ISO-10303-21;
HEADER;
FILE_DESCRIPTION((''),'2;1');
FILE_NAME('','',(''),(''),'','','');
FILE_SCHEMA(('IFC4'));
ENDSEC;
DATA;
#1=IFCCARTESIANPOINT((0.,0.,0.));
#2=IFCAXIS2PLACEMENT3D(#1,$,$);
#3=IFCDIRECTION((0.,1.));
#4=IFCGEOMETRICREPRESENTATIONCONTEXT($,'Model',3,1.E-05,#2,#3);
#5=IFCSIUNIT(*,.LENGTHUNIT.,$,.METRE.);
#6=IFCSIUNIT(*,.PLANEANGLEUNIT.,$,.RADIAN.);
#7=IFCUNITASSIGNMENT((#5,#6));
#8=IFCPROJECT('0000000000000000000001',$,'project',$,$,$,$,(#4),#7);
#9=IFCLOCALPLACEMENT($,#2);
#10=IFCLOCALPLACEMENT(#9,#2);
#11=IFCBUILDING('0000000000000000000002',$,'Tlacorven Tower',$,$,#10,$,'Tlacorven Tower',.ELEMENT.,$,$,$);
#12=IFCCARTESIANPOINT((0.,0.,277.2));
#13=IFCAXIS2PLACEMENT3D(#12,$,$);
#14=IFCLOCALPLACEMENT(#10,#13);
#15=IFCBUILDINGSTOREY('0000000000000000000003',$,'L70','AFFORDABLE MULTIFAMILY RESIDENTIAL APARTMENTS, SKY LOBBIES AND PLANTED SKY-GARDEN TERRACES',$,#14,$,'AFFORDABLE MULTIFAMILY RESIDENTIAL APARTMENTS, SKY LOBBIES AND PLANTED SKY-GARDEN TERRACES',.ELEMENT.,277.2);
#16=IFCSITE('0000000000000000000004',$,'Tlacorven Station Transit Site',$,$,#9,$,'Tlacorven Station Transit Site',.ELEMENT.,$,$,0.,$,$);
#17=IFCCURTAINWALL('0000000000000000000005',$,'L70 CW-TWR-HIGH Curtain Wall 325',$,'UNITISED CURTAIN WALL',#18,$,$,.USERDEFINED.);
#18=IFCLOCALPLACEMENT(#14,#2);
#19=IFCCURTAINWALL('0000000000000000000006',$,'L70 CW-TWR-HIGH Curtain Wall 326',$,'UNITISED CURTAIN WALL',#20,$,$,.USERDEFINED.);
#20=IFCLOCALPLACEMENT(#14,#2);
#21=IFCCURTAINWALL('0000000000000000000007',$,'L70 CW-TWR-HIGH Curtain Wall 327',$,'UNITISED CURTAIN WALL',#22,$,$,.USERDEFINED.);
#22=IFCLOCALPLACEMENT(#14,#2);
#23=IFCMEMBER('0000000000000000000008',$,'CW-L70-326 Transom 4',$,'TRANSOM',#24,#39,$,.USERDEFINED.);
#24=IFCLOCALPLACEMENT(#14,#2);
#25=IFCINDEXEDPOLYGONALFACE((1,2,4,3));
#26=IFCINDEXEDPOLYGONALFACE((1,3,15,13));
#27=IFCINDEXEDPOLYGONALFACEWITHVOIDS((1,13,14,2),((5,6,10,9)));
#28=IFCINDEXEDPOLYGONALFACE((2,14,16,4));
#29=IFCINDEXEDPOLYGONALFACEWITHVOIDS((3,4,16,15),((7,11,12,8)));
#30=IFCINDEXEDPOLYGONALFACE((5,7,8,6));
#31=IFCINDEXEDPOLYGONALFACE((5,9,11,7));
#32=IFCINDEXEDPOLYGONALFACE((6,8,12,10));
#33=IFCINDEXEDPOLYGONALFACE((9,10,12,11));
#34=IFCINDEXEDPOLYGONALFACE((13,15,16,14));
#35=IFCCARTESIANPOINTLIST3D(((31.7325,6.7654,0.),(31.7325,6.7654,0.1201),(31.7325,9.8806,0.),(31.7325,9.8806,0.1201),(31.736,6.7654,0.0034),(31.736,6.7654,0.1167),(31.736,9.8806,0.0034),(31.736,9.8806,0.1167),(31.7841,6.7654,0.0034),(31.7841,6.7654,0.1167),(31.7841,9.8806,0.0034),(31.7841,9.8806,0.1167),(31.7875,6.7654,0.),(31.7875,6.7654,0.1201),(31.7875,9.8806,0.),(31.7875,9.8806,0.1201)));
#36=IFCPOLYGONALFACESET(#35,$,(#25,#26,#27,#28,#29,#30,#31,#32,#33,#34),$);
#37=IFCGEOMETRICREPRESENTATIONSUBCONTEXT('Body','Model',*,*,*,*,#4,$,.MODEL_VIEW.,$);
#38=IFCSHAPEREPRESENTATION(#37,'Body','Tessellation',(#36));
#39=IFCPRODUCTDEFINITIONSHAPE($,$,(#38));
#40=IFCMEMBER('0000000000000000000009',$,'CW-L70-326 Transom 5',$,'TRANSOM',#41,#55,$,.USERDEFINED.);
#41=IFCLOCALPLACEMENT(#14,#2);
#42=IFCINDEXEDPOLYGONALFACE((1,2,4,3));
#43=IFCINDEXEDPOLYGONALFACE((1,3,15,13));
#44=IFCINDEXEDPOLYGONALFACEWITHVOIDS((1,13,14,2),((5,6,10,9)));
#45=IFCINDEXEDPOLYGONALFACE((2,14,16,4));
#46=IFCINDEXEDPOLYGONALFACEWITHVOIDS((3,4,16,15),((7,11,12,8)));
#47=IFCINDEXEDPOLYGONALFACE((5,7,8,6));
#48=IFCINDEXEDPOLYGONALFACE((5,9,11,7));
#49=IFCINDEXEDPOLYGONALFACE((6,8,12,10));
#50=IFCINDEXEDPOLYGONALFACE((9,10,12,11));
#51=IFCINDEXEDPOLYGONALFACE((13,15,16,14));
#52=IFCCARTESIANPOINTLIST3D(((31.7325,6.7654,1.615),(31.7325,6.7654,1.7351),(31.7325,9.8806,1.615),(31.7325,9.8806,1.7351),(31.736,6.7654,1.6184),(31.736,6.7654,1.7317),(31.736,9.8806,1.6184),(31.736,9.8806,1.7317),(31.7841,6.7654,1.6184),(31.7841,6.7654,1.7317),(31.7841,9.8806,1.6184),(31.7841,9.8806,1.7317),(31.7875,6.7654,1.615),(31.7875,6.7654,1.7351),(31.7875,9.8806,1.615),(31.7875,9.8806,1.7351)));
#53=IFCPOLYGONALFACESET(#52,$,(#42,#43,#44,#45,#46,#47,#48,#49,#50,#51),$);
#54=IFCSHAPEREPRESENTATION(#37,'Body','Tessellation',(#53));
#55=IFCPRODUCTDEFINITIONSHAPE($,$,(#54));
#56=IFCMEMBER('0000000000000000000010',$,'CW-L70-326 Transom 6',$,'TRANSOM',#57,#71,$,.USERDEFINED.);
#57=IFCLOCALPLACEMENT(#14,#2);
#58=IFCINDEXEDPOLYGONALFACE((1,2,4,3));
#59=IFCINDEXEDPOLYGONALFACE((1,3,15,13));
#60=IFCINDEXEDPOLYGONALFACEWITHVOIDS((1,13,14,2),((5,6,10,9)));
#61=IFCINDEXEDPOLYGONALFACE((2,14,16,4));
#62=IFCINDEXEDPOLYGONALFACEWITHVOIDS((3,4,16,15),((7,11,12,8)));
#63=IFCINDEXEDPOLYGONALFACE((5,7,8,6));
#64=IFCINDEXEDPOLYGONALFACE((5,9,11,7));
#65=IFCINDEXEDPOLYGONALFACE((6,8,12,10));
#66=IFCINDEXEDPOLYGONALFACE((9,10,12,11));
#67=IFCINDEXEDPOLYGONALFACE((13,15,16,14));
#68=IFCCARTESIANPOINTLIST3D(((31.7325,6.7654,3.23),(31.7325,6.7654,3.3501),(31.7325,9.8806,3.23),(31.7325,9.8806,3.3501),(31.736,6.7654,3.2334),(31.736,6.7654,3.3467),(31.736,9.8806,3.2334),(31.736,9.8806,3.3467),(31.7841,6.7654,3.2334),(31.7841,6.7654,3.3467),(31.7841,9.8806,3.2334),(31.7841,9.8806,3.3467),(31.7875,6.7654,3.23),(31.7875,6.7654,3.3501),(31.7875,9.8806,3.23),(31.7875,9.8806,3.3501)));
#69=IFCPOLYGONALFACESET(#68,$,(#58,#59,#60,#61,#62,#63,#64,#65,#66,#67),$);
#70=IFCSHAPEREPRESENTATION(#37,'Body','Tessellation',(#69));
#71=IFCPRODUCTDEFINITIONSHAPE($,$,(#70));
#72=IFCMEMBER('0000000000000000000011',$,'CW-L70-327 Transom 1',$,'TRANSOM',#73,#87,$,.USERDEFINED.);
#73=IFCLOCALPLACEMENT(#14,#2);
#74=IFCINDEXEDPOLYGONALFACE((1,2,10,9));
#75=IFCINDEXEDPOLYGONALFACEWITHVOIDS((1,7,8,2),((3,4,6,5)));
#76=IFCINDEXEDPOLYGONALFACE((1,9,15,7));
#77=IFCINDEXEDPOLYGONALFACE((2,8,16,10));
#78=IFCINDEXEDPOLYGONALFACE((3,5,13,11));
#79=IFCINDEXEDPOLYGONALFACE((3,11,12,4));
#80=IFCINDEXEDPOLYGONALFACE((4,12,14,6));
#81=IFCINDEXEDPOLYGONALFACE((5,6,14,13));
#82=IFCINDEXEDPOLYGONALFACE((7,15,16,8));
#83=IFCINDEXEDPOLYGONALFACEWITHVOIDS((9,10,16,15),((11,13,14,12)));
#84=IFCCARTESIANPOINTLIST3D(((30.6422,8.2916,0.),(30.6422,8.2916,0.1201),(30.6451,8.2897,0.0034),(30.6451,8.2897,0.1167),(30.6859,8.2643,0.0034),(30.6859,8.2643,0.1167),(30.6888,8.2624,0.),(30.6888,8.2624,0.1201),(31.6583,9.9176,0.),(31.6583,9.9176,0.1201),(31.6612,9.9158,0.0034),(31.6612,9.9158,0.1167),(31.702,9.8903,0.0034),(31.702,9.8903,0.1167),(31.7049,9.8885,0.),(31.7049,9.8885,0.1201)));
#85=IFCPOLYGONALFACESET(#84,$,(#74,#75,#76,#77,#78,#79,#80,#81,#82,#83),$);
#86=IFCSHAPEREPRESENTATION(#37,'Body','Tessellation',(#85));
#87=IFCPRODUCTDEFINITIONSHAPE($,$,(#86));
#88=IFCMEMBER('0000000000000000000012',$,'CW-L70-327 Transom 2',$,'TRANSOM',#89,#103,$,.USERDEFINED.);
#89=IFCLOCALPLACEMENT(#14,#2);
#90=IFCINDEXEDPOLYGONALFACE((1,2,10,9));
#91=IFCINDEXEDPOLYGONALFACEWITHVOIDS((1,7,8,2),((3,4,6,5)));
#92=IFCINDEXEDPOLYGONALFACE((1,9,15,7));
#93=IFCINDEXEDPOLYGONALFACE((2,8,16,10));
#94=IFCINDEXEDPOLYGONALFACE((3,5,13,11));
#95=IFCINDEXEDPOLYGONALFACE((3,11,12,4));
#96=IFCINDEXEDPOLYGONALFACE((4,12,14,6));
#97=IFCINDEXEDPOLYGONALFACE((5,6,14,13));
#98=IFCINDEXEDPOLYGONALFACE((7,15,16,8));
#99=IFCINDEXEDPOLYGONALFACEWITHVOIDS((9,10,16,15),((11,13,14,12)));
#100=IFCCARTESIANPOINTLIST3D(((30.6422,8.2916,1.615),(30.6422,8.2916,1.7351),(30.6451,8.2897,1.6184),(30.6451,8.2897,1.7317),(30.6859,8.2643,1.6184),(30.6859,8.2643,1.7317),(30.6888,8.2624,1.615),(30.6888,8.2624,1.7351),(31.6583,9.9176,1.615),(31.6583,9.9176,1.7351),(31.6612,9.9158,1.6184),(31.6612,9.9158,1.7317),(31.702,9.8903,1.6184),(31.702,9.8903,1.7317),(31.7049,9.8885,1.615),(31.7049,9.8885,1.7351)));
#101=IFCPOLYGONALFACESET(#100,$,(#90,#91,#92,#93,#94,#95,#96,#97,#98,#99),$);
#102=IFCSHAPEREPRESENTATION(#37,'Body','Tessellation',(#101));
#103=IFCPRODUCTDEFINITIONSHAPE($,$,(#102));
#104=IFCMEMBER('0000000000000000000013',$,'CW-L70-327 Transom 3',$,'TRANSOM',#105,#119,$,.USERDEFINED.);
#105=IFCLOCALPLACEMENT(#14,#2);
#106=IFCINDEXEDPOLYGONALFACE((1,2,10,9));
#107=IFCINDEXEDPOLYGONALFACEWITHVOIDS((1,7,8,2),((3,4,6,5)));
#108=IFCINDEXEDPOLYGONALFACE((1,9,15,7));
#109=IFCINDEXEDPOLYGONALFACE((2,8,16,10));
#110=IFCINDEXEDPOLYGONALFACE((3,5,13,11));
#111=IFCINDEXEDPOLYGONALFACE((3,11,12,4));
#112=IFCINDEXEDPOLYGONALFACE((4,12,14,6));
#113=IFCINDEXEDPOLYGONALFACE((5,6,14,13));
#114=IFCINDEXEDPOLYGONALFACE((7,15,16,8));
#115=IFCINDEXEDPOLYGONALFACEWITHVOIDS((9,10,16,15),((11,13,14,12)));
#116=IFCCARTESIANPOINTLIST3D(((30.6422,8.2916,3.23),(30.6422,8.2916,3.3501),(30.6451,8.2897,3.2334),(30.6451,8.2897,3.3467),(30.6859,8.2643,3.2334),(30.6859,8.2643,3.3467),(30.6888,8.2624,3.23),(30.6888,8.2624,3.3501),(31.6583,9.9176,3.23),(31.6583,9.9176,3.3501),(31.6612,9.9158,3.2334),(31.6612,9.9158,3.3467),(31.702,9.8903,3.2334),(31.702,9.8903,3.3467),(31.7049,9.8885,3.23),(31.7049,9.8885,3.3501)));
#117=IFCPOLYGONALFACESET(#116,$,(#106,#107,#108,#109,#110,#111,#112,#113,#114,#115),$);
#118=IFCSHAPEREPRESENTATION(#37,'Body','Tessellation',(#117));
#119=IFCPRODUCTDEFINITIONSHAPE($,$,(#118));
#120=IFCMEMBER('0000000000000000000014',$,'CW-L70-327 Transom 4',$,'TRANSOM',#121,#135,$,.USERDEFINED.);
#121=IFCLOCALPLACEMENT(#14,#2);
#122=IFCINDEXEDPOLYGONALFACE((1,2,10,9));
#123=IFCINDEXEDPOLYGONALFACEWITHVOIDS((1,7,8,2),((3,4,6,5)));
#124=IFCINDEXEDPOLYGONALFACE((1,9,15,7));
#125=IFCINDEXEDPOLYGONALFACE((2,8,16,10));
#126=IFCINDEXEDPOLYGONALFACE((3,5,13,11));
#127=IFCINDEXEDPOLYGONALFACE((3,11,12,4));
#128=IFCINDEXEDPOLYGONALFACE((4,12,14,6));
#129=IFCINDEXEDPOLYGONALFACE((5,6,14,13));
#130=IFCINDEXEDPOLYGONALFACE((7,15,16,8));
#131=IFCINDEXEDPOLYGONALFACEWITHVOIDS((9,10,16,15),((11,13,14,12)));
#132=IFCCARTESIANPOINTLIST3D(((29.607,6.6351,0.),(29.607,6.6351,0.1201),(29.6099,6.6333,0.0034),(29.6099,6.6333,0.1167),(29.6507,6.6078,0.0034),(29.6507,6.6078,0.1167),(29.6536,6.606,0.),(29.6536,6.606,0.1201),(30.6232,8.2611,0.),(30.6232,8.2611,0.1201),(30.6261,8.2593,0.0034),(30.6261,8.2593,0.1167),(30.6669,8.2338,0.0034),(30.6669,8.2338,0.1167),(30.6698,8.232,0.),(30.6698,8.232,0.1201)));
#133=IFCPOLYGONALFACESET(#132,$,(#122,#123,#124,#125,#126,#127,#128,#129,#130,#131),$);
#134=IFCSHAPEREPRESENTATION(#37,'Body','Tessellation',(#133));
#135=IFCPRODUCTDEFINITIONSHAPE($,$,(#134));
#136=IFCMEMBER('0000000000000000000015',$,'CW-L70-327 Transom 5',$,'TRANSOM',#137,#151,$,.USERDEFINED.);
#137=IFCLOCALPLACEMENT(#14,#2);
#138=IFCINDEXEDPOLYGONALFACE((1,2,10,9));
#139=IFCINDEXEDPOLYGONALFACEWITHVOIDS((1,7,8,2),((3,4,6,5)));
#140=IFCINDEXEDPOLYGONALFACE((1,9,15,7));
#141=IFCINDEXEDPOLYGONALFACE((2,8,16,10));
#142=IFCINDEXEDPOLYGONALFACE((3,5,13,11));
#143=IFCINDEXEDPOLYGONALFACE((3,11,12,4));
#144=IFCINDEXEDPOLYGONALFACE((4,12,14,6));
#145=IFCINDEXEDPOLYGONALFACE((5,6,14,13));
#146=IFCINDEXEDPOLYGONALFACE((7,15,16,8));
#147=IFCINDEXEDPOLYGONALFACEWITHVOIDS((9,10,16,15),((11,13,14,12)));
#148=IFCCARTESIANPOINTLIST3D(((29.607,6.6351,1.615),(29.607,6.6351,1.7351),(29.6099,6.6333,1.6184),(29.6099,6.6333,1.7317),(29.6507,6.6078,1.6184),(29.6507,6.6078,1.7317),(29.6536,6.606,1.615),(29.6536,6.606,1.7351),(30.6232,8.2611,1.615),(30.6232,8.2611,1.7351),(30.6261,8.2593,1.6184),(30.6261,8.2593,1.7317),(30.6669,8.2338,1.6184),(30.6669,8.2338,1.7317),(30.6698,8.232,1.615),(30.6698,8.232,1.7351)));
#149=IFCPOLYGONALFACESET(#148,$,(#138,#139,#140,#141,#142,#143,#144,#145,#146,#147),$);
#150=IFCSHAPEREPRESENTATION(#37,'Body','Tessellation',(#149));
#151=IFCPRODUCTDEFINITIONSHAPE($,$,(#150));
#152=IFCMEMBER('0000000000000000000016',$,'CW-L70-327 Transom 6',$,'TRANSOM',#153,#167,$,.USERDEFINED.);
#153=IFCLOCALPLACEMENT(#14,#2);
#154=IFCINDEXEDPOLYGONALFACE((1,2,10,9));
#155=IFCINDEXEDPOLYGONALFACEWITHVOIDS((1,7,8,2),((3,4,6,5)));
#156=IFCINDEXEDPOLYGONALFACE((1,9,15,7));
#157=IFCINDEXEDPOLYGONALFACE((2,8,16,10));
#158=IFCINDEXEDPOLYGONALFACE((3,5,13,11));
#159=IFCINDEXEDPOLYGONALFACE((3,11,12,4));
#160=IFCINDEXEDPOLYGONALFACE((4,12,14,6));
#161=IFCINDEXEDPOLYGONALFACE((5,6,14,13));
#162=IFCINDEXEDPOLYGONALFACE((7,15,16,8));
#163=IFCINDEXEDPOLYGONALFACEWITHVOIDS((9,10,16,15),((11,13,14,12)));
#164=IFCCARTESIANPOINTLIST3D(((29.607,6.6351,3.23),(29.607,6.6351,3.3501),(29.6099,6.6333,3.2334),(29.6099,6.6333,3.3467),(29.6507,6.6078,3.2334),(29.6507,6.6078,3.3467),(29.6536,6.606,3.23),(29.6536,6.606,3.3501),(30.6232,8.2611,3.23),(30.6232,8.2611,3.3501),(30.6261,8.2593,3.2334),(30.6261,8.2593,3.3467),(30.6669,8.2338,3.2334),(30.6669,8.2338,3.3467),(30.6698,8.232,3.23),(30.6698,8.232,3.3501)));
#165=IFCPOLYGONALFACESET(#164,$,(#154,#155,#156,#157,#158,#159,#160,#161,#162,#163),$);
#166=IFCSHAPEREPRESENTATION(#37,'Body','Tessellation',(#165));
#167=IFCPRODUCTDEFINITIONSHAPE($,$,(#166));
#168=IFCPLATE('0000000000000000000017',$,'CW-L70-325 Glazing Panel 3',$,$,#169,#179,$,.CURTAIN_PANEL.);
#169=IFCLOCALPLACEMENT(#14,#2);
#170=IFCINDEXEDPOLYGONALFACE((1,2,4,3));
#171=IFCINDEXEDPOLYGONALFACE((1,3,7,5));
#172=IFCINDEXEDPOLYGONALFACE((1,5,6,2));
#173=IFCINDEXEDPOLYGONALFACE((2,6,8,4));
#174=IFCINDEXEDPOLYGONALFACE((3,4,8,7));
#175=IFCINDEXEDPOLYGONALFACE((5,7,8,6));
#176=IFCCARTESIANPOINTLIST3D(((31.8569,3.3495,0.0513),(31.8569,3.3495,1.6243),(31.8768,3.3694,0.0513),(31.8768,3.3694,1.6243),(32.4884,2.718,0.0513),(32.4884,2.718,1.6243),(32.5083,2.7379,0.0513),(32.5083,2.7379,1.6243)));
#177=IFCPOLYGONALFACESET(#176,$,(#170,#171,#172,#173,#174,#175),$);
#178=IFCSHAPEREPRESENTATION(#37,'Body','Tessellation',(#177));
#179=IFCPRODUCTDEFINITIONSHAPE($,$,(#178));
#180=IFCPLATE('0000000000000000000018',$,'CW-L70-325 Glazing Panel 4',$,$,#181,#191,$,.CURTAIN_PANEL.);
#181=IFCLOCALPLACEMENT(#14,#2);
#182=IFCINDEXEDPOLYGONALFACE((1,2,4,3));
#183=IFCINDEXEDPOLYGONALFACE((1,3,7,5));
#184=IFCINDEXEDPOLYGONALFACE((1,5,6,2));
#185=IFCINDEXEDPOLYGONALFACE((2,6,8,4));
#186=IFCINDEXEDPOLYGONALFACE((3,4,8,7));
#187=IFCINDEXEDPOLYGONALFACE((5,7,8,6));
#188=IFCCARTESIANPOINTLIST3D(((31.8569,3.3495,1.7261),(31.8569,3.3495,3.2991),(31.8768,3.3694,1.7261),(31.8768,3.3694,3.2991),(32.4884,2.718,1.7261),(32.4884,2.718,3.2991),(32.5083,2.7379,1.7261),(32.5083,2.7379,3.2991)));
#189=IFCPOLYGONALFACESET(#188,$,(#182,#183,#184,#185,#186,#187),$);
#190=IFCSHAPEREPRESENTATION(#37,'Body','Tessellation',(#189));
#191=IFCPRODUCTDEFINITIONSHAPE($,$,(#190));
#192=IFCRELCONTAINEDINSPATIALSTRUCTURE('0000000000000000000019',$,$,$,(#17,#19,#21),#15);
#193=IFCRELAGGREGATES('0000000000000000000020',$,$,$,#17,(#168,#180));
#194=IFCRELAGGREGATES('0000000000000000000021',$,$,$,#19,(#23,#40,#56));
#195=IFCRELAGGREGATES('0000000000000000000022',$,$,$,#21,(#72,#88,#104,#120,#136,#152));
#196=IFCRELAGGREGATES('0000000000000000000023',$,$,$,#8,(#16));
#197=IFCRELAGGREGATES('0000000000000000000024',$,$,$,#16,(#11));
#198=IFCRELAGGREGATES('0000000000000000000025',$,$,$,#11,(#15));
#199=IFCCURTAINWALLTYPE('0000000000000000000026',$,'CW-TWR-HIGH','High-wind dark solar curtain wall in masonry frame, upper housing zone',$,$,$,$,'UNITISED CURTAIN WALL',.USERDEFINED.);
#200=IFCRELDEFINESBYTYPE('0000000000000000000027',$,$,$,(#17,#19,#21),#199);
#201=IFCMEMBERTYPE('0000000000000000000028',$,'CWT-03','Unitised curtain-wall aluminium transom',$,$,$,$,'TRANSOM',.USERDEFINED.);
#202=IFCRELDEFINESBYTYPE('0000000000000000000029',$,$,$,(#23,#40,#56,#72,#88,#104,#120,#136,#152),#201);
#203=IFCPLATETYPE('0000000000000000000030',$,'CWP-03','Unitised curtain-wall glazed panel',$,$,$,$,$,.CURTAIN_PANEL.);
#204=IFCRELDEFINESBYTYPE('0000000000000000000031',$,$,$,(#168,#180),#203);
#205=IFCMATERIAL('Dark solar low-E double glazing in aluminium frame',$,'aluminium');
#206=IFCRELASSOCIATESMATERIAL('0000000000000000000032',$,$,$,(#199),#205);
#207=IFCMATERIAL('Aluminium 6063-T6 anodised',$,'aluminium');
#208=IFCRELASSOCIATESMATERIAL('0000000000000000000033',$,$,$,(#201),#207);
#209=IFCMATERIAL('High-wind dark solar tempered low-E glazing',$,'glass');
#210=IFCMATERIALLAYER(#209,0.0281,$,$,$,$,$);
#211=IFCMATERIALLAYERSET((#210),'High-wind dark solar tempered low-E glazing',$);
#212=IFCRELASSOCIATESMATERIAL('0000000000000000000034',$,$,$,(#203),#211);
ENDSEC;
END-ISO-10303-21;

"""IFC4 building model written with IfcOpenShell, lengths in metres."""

from ifc_helpers import new_model, si_unit, direction, frame, origin, origin_2d, place, context, subcontext, project, spatial, rectangle, hollow_rectangle, extrude, source, transform, mapped, material, layer, layer_set, material_profile, profile_set, type_object, element, aggregate, save


model = new_model("IFC4")

# Units and contexts
model_context = context("Model", 3, precision=1e-05, world=origin(), true_north=direction((0.0, 1.0)))
body_context = subcontext(model_context, "Body", "Model", "MODEL_VIEW")
ifc_project = project(units=[si_unit("LENGTHUNIT", "METRE"), si_unit("PLANEANGLEUNIT", "RADIAN")], contexts=[model_context])

# Site, building, storey
site_placement = place(None, origin())
site = spatial("IfcSite", under=ifc_project, at=site_placement, Name="Tlacorven Station Transit Site", LongName="Tlacorven Station Transit Site", CompositionType="ELEMENT", RefElevation=0.0)
building_placement = place(site_placement, origin())
building = spatial("IfcBuilding", under=site, at=building_placement, Name="Tlacorven Tower", LongName="Tlacorven Tower", CompositionType="ELEMENT")
storey_placement = place(building_placement, frame((0.0, 0.0, 277.2)))
storey = spatial("IfcBuildingStorey", under=building, at=storey_placement, Name="L70", Description="AFFORDABLE MULTIFAMILY RESIDENTIAL APARTMENTS, SKY LOBBIES AND PLANTED SKY-GARDEN TERRACES", LongName="AFFORDABLE MULTIFAMILY RESIDENTIAL APARTMENTS, SKY LOBBIES AND PLANTED SKY-GARDEN TERRACES", CompositionType="ELEMENT", Elevation=277.2)

# Curtain wall
ifc_material_1 = material(Name="Dark solar low-E double glazing in aluminium frame", Category="aluminium")
curtain_wall_type = type_object("IfcCurtainWallType", Name="CW-TWR-HIGH", Description="High-wind dark solar curtain wall in masonry frame, upper housing zone", ElementType="UNITISED CURTAIN WALL", PredefinedType="USERDEFINED", material=ifc_material_1)
curtain_wall_1_placement = place(storey_placement, origin())
curtain_wall_1 = element("IfcCurtainWall", 1, at=curtain_wall_1_placement, inside=storey, type_object=curtain_wall_type, Name="L70 CW-TWR-HIGH Curtain Wall 325", ObjectType="UNITISED CURTAIN WALL", PredefinedType="USERDEFINED")
ifc_material_2 = material(Name="Aluminium 6063-T6 anodised", Category="aluminium")

# Curtain walls
curtain_wall_2_placement = place(storey_placement, origin())
curtain_wall_2 = element("IfcCurtainWall", 2, at=curtain_wall_2_placement, inside=storey, type_object=curtain_wall_type, Name="L70 CW-TWR-HIGH Curtain Wall 326", ObjectType="UNITISED CURTAIN WALL", PredefinedType="USERDEFINED")
curtain_wall_3_placement = place(storey_placement, origin())
curtain_wall_3 = element("IfcCurtainWall", 3, at=curtain_wall_3_placement, inside=storey, type_object=curtain_wall_type, Name="L70 CW-TWR-HIGH Curtain Wall 327", ObjectType="UNITISED CURTAIN WALL", PredefinedType="USERDEFINED")

# Members
ifc_material_profile_1 = material_profile(ifc_material_2, hollow_rectangle(XDim=0.0549, YDim=0.1201, WallThickness=0.0034, at=origin_2d()), Name="ALU TRANSOM 55X120")
ifc_profile_set_1 = profile_set([ifc_material_profile_1], Name="Aluminium 6063-T6 anodised")
member_type_1 = type_object("IfcMemberType", Name="CWT-03", Description="Unitised curtain-wall aluminium transom", ElementType="TRANSOM", PredefinedType="USERDEFINED", material=ifc_profile_set_1)
shared_shape_1 = source(origin(), body_context, "Body", "SweptSolid", [
    extrude(hollow_rectangle(XDim=0.0549, YDim=0.1201, WallThickness=0.0034, at=origin_2d()), origin(), (0.0, 0.0, 1.0), 3.1152),
])
member_1_placement = place(storey_placement, frame((31.76, 6.7654, 0.0601), z_axis=(0.0, 1.0, 0.0), x_axis=(-1.0, 0.0, 0.0)))
member_1 = element("IfcMember", 4, at=member_1_placement, type_object=member_type_1, Name="CW-L70-326 Transom 4", ObjectType="TRANSOM", PredefinedType="USERDEFINED", context=body_context, shape_type="MappedRepresentation", body=[
    mapped(shared_shape_1, transform((0.0, 0.0, 0.0), scale=1.0)),
])
member_2_placement = place(storey_placement, frame((31.76, 6.7654, 1.675), z_axis=(0.0, 1.0, 0.0), x_axis=(-1.0, 0.0, 0.0)))
member_2 = element("IfcMember", 5, at=member_2_placement, type_object=member_type_1, Name="CW-L70-326 Transom 5", ObjectType="TRANSOM", PredefinedType="USERDEFINED", context=body_context, shape_type="MappedRepresentation", body=[
    mapped(shared_shape_1, transform((0.0, 0.0, 0.0), scale=1.0)),
])
member_3_placement = place(storey_placement, frame((31.76, 6.7654, 3.29), z_axis=(0.0, 1.0, 0.0), x_axis=(-1.0, 0.0, 0.0)))
member_3 = element("IfcMember", 6, at=member_3_placement, type_object=member_type_1, Name="CW-L70-326 Transom 6", ObjectType="TRANSOM", PredefinedType="USERDEFINED", context=body_context, shape_type="MappedRepresentation", body=[
    mapped(shared_shape_1, transform((0.0, 0.0, 0.0), scale=1.0)),
])
shared_shape_2 = source(origin(), body_context, "Body", "SweptSolid", [
    extrude(hollow_rectangle(XDim=0.0549, YDim=0.1201, WallThickness=0.0034, at=origin_2d()), origin(), (0.0, 0.0, 1.0), 1.9175),
])
member_4_placement = place(storey_placement, frame((31.6816, 9.9031, 0.0601), z_axis=(-0.529953, -0.848027, 0.0), x_axis=(0.848027, -0.529953, 0.0)))
member_4 = element("IfcMember", 7, at=member_4_placement, type_object=member_type_1, Name="CW-L70-327 Transom 1", ObjectType="TRANSOM", PredefinedType="USERDEFINED", context=body_context, shape_type="MappedRepresentation", body=[
    mapped(shared_shape_2, transform((0.0, 0.0, 0.0), scale=1.0)),
])
member_5_placement = place(storey_placement, frame((31.6816, 9.9031, 1.675), z_axis=(-0.529953, -0.848027, 0.0), x_axis=(0.848027, -0.529953, 0.0)))
member_5 = element("IfcMember", 8, at=member_5_placement, type_object=member_type_1, Name="CW-L70-327 Transom 2", ObjectType="TRANSOM", PredefinedType="USERDEFINED", context=body_context, shape_type="MappedRepresentation", body=[
    mapped(shared_shape_2, transform((0.0, 0.0, 0.0), scale=1.0)),
])
member_6_placement = place(storey_placement, frame((31.6816, 9.9031, 3.29), z_axis=(-0.529953, -0.848027, 0.0), x_axis=(0.848027, -0.529953, 0.0)))
member_6 = element("IfcMember", 9, at=member_6_placement, type_object=member_type_1, Name="CW-L70-327 Transom 3", ObjectType="TRANSOM", PredefinedType="USERDEFINED", context=body_context, shape_type="MappedRepresentation", body=[
    mapped(shared_shape_2, transform((0.0, 0.0, 0.0), scale=1.0)),
])
member_7_placement = place(storey_placement, frame((30.6465, 8.2466, 0.0601), z_axis=(-0.529953, -0.848027, 0.0), x_axis=(0.848027, -0.529953, 0.0)))
member_7 = element("IfcMember", 10, at=member_7_placement, type_object=member_type_1, Name="CW-L70-327 Transom 4", ObjectType="TRANSOM", PredefinedType="USERDEFINED", context=body_context, shape_type="MappedRepresentation", body=[
    mapped(shared_shape_2, transform((0.0, 0.0, 0.0), scale=1.0)),
])
member_8_placement = place(storey_placement, frame((30.6465, 8.2466, 1.675), z_axis=(-0.529953, -0.848027, 0.0), x_axis=(0.848027, -0.529953, 0.0)))
member_8 = element("IfcMember", 11, at=member_8_placement, type_object=member_type_1, Name="CW-L70-327 Transom 5", ObjectType="TRANSOM", PredefinedType="USERDEFINED", context=body_context, shape_type="MappedRepresentation", body=[
    mapped(shared_shape_2, transform((0.0, 0.0, 0.0), scale=1.0)),
])
member_9_placement = place(storey_placement, frame((30.6465, 8.2466, 3.29), z_axis=(-0.529953, -0.848027, 0.0), x_axis=(0.848027, -0.529953, 0.0)))
member_9 = element("IfcMember", 12, at=member_9_placement, type_object=member_type_1, Name="CW-L70-327 Transom 6", ObjectType="TRANSOM", PredefinedType="USERDEFINED", context=body_context, shape_type="MappedRepresentation", body=[
    mapped(shared_shape_2, transform((0.0, 0.0, 0.0), scale=1.0)),
])

# Plates
ifc_material_3 = material(Name="High-wind dark solar tempered low-E glazing", Category="glass")
ifc_layer_1 = layer(ifc_material_3, 0.0281)
ifc_layer_set_1 = layer_set([ifc_layer_1], Name="High-wind dark solar tempered low-E glazing")
plate_type = type_object("IfcPlateType", Name="CWP-03", Description="Unitised curtain-wall glazed panel", PredefinedType="CURTAIN_PANEL", material=ifc_layer_set_1)
shared_shape_3 = source(origin(), body_context, "Body", "SweptSolid", [
    extrude(rectangle(XDim=0.8931, YDim=0.0281, at=origin_2d()), origin(), (0.0, 0.0, 1.0), 1.573),
])
plate_1_placement = place(storey_placement, frame((32.1826, 3.0437, 0.0513), z_axis=(0.0, 0.0, 1.0), x_axis=(-0.707107, 0.707107, 0.0)))
plate_1 = element("IfcPlate", 13, at=plate_1_placement, type_object=plate_type, Name="CW-L70-325 Glazing Panel 3", PredefinedType="CURTAIN_PANEL", context=body_context, shape_type="MappedRepresentation", body=[
    mapped(shared_shape_3, transform((0.0, 0.0, 0.0), scale=1.0)),
])
plate_2_placement = place(storey_placement, frame((32.1826, 3.0437, 1.7261), z_axis=(0.0, 0.0, 1.0), x_axis=(-0.707107, 0.707107, 0.0)))
plate_2 = element("IfcPlate", 14, at=plate_2_placement, type_object=plate_type, Name="CW-L70-325 Glazing Panel 4", PredefinedType="CURTAIN_PANEL", context=body_context, shape_type="MappedRepresentation", body=[
    mapped(shared_shape_3, transform((0.0, 0.0, 0.0), scale=1.0)),
])
aggregate(curtain_wall_1, [plate_1, plate_2])
aggregate(curtain_wall_2, [member_1, member_2, member_3])
aggregate(curtain_wall_3, [member_4, member_5, member_6, member_7, member_8, member_9])

save(model, "model.ifc")
